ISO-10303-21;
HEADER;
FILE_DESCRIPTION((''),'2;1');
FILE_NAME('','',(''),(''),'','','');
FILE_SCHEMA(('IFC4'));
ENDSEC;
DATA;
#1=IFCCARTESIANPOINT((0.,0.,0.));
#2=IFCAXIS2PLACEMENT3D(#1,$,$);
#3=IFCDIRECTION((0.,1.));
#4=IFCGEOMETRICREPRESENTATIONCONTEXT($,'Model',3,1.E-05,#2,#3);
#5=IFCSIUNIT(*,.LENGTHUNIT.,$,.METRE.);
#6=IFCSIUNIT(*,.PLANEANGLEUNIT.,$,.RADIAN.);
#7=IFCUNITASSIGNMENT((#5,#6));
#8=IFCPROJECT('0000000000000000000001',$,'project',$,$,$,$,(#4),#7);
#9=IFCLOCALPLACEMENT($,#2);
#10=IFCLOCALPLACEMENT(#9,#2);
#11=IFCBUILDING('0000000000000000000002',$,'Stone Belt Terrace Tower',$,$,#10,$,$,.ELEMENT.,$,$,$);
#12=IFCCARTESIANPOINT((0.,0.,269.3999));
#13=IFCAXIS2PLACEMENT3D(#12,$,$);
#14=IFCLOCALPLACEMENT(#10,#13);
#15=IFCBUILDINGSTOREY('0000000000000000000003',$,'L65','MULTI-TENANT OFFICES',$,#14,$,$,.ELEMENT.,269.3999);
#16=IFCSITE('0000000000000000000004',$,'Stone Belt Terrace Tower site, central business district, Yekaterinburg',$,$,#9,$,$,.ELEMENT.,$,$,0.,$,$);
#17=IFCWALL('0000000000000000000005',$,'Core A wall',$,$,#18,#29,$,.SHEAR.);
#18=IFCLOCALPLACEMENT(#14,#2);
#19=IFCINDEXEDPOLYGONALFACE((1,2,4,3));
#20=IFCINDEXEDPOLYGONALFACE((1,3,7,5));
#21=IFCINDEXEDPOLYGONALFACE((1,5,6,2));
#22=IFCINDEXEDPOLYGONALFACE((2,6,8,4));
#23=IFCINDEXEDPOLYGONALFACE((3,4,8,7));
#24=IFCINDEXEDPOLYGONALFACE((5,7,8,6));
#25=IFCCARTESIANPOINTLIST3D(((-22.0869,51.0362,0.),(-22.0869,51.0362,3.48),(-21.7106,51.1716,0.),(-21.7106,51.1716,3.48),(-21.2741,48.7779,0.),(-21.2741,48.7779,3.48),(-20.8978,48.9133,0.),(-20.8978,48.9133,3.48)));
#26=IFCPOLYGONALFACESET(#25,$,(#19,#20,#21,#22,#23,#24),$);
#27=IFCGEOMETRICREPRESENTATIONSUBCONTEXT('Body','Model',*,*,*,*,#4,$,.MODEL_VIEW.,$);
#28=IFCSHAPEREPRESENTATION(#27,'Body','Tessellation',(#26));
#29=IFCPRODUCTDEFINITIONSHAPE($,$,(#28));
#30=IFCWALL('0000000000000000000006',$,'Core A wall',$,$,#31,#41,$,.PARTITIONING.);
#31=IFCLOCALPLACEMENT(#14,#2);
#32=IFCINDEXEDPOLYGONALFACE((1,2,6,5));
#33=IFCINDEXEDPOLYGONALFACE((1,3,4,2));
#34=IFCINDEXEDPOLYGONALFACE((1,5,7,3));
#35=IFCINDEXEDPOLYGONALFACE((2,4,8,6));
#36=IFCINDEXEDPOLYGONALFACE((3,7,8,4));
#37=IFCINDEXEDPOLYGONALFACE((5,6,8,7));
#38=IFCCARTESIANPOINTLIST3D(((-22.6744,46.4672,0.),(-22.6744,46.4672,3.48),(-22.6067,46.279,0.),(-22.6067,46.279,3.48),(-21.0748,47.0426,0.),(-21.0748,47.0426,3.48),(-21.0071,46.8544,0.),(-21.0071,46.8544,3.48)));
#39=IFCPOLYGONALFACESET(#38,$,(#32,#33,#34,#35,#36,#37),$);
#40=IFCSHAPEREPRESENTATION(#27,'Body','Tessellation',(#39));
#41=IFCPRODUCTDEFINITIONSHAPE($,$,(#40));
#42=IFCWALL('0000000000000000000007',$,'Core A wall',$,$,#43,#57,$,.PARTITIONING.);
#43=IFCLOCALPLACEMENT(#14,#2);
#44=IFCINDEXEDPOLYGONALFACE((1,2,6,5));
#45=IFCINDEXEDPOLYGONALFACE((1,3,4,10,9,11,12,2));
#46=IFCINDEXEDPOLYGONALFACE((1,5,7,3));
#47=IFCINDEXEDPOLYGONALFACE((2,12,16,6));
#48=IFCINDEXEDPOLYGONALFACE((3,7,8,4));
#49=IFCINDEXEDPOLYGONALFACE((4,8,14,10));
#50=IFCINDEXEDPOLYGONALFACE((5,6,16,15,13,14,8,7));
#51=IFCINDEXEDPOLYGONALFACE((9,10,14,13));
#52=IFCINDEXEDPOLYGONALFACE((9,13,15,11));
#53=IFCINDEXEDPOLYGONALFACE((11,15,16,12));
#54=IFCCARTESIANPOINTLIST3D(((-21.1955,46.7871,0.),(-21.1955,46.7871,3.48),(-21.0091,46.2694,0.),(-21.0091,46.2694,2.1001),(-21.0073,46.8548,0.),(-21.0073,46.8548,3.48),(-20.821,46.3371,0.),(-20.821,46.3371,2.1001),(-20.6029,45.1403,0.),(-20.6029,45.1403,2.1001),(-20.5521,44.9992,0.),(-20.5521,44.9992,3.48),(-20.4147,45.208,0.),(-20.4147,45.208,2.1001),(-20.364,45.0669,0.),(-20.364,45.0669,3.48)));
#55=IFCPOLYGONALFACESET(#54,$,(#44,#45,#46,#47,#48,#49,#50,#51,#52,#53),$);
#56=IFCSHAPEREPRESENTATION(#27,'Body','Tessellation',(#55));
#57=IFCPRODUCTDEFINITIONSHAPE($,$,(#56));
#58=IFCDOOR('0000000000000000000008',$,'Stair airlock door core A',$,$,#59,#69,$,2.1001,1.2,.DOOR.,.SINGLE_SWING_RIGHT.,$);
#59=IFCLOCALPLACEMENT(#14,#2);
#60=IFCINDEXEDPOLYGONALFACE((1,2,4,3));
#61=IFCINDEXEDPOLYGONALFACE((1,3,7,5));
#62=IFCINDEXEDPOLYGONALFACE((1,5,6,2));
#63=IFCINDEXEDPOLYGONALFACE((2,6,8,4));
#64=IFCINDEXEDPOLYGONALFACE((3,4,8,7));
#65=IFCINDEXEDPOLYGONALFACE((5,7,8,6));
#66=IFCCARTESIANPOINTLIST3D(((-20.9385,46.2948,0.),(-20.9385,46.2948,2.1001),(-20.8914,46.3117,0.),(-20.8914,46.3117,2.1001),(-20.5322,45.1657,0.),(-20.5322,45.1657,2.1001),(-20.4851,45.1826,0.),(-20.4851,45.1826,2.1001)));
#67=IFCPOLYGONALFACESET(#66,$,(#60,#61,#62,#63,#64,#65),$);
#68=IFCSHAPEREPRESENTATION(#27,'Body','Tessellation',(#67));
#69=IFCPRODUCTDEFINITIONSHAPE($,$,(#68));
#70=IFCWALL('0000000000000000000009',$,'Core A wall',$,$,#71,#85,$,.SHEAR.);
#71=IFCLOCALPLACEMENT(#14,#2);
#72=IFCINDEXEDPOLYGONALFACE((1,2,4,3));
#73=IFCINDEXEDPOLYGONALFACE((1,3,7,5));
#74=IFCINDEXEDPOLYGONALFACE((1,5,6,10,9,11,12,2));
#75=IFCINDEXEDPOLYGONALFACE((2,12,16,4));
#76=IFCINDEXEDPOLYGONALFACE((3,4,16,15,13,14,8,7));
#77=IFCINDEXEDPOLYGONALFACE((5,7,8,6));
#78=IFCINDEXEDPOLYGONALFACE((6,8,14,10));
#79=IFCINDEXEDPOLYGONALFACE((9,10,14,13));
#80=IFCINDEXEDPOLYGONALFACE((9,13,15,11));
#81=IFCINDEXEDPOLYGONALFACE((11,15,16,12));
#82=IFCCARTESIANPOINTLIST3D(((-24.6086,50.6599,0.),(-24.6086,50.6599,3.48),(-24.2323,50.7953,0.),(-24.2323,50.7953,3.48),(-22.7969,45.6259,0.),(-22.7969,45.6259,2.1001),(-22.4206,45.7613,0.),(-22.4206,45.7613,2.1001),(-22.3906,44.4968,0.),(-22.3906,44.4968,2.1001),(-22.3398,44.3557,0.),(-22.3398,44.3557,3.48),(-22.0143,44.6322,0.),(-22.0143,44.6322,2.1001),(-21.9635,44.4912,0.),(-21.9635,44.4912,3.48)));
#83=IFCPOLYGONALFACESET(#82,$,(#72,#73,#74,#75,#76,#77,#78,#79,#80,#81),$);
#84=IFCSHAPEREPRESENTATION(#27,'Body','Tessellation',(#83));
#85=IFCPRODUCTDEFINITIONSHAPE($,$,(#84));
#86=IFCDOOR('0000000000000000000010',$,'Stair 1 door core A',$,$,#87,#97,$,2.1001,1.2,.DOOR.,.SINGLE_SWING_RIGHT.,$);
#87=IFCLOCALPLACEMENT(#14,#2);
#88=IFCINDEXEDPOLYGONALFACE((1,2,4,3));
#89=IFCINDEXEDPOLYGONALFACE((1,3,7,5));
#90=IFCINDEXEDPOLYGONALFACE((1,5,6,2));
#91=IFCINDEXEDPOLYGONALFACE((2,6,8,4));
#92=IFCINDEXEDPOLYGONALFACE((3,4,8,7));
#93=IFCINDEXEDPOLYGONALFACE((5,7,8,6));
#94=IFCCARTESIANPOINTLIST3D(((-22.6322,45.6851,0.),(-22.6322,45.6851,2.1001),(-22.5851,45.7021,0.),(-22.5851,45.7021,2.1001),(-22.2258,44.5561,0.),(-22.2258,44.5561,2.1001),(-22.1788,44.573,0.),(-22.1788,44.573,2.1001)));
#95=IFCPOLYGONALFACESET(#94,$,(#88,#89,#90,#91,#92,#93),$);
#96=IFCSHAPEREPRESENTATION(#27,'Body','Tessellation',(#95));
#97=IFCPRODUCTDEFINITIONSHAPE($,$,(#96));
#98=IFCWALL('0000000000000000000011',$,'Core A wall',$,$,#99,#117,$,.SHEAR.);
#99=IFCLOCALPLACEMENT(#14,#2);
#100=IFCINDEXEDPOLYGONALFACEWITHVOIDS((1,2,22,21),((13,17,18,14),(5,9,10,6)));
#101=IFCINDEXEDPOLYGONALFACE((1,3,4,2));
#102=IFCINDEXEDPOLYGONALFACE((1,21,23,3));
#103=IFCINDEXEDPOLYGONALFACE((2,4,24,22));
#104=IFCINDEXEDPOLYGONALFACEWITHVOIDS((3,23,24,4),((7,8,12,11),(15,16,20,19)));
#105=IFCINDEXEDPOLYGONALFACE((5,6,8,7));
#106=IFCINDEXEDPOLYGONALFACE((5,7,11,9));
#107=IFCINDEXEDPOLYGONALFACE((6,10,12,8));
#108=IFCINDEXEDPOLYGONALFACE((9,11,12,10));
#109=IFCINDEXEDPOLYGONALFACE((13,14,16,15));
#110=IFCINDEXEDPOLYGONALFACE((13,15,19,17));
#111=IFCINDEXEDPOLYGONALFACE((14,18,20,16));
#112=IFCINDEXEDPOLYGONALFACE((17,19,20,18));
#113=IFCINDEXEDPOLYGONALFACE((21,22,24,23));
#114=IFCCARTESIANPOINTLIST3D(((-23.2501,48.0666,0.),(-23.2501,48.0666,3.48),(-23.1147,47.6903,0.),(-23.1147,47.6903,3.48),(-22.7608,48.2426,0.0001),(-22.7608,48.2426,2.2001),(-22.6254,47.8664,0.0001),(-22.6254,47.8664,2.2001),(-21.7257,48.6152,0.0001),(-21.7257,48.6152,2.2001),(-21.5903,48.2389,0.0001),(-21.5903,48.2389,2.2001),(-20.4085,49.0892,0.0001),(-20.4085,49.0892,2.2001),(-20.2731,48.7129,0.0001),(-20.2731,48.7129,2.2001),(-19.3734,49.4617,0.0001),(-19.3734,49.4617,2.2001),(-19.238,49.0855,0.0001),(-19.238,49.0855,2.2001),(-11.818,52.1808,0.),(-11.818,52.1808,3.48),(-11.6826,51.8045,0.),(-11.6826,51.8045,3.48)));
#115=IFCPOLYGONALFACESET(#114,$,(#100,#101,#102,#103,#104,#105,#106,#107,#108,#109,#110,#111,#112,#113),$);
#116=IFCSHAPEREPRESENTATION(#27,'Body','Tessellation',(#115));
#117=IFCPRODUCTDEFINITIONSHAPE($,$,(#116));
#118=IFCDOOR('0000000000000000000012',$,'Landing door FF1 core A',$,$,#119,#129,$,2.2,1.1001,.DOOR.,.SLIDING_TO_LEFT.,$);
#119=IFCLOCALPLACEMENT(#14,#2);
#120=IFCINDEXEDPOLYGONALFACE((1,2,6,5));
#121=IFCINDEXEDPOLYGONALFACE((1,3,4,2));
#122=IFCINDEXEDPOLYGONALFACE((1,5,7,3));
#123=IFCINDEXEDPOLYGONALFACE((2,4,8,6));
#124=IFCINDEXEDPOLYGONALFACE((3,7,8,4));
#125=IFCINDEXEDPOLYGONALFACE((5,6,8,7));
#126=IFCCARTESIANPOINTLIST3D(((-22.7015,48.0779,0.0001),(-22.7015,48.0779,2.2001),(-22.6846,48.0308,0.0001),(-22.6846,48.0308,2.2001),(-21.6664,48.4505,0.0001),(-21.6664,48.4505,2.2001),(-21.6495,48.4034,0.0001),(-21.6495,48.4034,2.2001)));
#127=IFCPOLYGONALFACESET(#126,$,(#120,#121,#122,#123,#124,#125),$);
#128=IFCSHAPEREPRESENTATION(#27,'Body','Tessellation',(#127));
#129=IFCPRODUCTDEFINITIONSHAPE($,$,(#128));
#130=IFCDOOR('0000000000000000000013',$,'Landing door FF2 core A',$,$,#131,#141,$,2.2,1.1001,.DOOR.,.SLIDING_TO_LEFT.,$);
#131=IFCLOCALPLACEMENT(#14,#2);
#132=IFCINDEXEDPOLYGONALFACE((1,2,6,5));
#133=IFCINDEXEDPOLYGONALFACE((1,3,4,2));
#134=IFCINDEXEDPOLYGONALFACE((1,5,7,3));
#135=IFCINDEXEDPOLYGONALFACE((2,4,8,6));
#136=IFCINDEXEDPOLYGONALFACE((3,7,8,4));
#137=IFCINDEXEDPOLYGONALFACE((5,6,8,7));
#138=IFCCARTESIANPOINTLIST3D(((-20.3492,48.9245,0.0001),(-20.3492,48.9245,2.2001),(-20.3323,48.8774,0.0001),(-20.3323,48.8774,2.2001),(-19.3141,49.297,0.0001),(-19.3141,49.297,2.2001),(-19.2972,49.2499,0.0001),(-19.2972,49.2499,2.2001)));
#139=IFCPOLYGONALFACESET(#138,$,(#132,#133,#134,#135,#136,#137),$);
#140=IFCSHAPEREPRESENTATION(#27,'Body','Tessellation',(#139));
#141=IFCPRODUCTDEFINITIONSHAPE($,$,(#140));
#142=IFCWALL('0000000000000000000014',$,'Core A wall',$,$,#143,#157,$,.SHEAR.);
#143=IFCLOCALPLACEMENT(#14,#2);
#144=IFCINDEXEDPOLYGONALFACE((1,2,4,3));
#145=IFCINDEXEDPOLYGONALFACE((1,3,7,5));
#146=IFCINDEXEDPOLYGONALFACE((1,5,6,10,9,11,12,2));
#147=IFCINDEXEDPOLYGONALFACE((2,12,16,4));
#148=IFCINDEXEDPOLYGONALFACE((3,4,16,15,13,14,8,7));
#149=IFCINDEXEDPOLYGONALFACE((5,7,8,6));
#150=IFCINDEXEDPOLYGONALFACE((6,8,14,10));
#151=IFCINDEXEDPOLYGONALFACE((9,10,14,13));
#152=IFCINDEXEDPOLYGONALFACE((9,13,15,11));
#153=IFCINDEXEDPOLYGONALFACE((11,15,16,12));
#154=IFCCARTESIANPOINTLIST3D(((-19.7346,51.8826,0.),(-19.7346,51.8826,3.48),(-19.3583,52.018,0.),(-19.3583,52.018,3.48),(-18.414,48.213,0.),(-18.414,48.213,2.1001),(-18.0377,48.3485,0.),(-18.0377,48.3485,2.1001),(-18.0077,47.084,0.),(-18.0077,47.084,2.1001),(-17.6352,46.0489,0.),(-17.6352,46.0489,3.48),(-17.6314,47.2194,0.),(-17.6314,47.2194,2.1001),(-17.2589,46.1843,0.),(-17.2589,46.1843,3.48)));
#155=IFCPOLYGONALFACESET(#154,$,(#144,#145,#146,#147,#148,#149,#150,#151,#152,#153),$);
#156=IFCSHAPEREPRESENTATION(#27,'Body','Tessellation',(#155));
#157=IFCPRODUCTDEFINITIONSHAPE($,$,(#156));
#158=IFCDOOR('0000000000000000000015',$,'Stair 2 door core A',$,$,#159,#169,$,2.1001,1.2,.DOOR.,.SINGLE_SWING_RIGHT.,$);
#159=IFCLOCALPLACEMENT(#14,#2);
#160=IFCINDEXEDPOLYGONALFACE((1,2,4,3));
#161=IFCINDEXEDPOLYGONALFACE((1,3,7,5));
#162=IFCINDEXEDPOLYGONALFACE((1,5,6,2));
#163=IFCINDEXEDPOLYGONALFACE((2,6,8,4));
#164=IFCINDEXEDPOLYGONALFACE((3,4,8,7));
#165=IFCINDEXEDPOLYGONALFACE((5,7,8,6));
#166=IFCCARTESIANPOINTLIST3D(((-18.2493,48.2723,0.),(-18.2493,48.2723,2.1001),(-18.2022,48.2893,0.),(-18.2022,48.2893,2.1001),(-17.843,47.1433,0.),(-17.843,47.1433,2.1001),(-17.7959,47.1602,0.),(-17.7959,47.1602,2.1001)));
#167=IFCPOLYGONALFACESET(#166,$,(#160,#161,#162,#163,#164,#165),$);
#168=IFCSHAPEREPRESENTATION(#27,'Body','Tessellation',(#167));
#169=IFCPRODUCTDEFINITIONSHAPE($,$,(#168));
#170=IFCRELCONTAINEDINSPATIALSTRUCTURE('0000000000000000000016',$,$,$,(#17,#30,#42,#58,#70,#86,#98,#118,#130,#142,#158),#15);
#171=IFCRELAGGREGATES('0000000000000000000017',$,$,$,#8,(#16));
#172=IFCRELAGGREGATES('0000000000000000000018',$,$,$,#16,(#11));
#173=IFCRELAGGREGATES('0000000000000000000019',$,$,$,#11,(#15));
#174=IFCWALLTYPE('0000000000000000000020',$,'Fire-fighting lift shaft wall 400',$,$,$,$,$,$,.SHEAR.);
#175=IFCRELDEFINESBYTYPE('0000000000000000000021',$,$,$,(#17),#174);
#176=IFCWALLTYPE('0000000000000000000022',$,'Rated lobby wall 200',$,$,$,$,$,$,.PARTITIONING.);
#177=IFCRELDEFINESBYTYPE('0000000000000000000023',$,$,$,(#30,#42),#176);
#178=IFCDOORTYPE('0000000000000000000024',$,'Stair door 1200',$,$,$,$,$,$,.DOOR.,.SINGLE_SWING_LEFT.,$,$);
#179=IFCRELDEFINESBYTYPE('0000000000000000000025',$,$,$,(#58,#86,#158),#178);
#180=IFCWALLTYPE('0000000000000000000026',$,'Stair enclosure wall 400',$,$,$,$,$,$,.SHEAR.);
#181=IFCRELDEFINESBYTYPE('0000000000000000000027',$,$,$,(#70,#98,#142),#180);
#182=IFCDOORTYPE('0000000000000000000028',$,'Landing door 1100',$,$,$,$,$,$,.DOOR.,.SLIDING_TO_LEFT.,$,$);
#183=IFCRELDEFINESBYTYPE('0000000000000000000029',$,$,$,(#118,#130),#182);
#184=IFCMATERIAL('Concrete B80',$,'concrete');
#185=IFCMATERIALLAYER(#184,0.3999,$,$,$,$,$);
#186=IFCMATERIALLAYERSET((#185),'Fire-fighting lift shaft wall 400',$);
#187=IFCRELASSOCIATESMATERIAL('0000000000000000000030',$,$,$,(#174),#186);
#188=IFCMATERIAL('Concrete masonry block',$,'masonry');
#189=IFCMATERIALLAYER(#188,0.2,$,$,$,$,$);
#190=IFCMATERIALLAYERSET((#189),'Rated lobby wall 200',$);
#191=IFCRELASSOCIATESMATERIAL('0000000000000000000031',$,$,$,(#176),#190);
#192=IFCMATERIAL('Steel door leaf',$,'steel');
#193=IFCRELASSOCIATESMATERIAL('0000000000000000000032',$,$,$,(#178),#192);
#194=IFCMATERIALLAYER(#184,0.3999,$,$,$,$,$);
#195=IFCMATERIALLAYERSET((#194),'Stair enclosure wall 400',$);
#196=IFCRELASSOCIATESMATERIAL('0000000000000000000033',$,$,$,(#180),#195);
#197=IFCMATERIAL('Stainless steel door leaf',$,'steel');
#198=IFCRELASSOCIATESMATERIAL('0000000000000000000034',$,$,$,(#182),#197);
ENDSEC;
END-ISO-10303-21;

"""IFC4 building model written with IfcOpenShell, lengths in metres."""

from ifc_helpers import new_model, si_unit, direction, frame, frame_2d, origin, place, context, subcontext, project, spatial, rectangle, extrude, material, layer, layer_set, type_object, element, fill, save


model = new_model("IFC4")

# Units and contexts
model_context = context("Model", 3, precision=1e-05, world=origin(), true_north=direction((0.0, 1.0)))
body_context = subcontext(model_context, "Body", "Model", "MODEL_VIEW")
ifc_project = project(units=[si_unit("LENGTHUNIT", "METRE"), si_unit("PLANEANGLEUNIT", "RADIAN")], contexts=[model_context])

# Site, building, storey
site_placement = place(None, origin())
site = spatial("IfcSite", under=ifc_project, at=site_placement, Name="Stone Belt Terrace Tower site, central business district, Yekaterinburg", CompositionType="ELEMENT", RefElevation=0.0)
building_placement = place(site_placement, origin())
building = spatial("IfcBuilding", under=site, at=building_placement, Name="Stone Belt Terrace Tower", CompositionType="ELEMENT")
storey_placement = place(building_placement, frame((0.0, 0.0, 269.3999)))
storey = spatial("IfcBuildingStorey", under=building, at=storey_placement, Name="L65", Description="MULTI-TENANT OFFICES", CompositionType="ELEMENT", Elevation=269.3999)

# Walls
ifc_material_1 = material(Name="Concrete B80", Category="concrete")
ifc_layer_1 = layer(ifc_material_1, 0.3999)
ifc_layer_set_1 = layer_set([ifc_layer_1], Name="Fire-fighting lift shaft wall 400")
wall_type_1 = type_object("IfcWallType", Name="Fire-fighting lift shaft wall 400", PredefinedType="SHEAR", material=ifc_layer_set_1)
wall_1_placement = place(storey_placement, frame((-21.0859, 48.8455, 0.0), z_axis=(0.0, 0.0, 1.0), x_axis=(-0.338629, 0.94092, 0.0)))
element("IfcWall", 1, at=wall_1_placement, inside=storey, type_object=wall_type_1, Name="Core A wall", PredefinedType="SHEAR", context=body_context, shape_type="SweptSolid", body=[
    extrude(rectangle(XDim=2.4001, YDim=0.3999, at=frame_2d((1.2002, 0.0))), origin(), (0.0, 0.0, 1.0), 3.48),
])
ifc_material_2 = material(Name="Concrete masonry block", Category="masonry")
ifc_layer_2 = layer(ifc_material_2, 0.2)
ifc_layer_set_2 = layer_set([ifc_layer_2], Name="Rated lobby wall 200")
wall_type_2 = type_object("IfcWallType", Name="Rated lobby wall 200", PredefinedType="PARTITIONING", material=ifc_layer_set_2)
wall_2_placement = place(storey_placement, frame((-22.6406, 46.373, 0.0), z_axis=(0.0, 0.0, 1.0), x_axis=(0.940966, 0.338501, 0.0)))
element("IfcWall", 2, at=wall_2_placement, inside=storey, type_object=wall_type_2, Name="Core A wall", PredefinedType="PARTITIONING", context=body_context, shape_type="SweptSolid", body=[
    extrude(rectangle(XDim=1.7, YDim=0.2, at=frame_2d((0.8501, 0.0))), origin(), (0.0, 0.0, 1.0), 3.48),
])

# Walls, openings, doors
wall_3_placement = place(storey_placement, frame((-20.458, 45.033, 0.0), z_axis=(0.0, 0.0, 1.0), x_axis=(-0.338574, 0.94094, 0.0)))
wall_3 = element("IfcWall", 3, at=wall_3_placement, inside=storey, type_object=wall_type_2, Name="Core A wall", PredefinedType="PARTITIONING", context=body_context, shape_type="SweptSolid", body=[
    extrude(rectangle(XDim=1.9001, YDim=0.2, at=frame_2d((0.9502, 0.0))), origin(), (0.0, 0.0, 1.0), 3.48),
])
opening_1_placement = place(wall_3_placement, frame((0.1499, 0.0, 0.0)))
opening_1 = element("IfcOpeningElement", 4, at=opening_1_placement, cuts=wall_3, PredefinedType="OPENING", context=body_context, shape_type="SweptSolid", body=[
    extrude(rectangle(XDim=1.2, YDim=2.1001, at=frame_2d((0.6001, 1.05))), frame((0.0, 0.1099, 0.0), z_axis=(0.0, -1.0, 0.0), x_axis=(1.0, 0.0, 0.0)), (0.0, 0.0, 1.0), 0.22),
])
ifc_material_3 = material(Name="Steel door leaf", Category="steel")
door_type_1 = type_object("IfcDoorType", Name="Stair door 1200", OperationType="SINGLE_SWING_LEFT", PredefinedType="DOOR", material=ifc_material_3)
door_1_placement = place(opening_1_placement, origin())
door_1 = element("IfcDoor", 5, at=door_1_placement, inside=storey, type_object=door_type_1, Name="Stair airlock door core A", OperationType="SINGLE_SWING_RIGHT", OverallHeight=2.1001, OverallWidth=1.2, PredefinedType="DOOR", context=body_context, shape_type="SweptSolid", body=[
    extrude(rectangle(XDim=1.2, YDim=2.1001, at=frame_2d((0.6001, 1.05))), frame((0.0, 0.0249, 0.0), z_axis=(0.0, -1.0, 0.0), x_axis=(1.0, 0.0, 0.0)), (0.0, 0.0, 1.0), 0.05),
])
fill(opening_1, door_1)
ifc_layer_3 = layer(ifc_material_1, 0.3999)
ifc_layer_set_3 = layer_set([ifc_layer_3], Name="Stair enclosure wall 400")
wall_type_3 = type_object("IfcWallType", Name="Stair enclosure wall 400", PredefinedType="SHEAR", material=ifc_layer_set_3)
wall_4_placement = place(storey_placement, frame((-22.1516, 44.4233, 0.0), z_axis=(0.0, 0.0, 1.0), x_axis=(-0.338625, 0.940921, 0.0)))
wall_4 = element("IfcWall", 6, at=wall_4_placement, inside=storey, type_object=wall_type_3, Name="Core A wall", PredefinedType="SHEAR", context=body_context, shape_type="SweptSolid", body=[
    extrude(rectangle(XDim=6.7, YDim=0.3999, at=frame_2d((3.3501, 0.0))), origin(), (0.0, 0.0, 1.0), 3.48),
])
opening_2_placement = place(wall_4_placement, frame((0.1499, 0.0, 0.0)))
opening_2 = element("IfcOpeningElement", 7, at=opening_2_placement, cuts=wall_4, PredefinedType="OPENING", context=body_context, shape_type="SweptSolid", body=[
    extrude(rectangle(XDim=1.2, YDim=2.1001, at=frame_2d((0.6001, 1.05))), frame((0.0, 0.21, 0.0), z_axis=(0.0, -1.0, 0.0), x_axis=(1.0, 0.0, 0.0)), (0.0, 0.0, 1.0), 0.4199),
])
door_2_placement = place(opening_2_placement, origin())
door_2 = element("IfcDoor", 8, at=door_2_placement, inside=storey, type_object=door_type_1, Name="Stair 1 door core A", OperationType="SINGLE_SWING_RIGHT", OverallHeight=2.1001, OverallWidth=1.2, PredefinedType="DOOR", context=body_context, shape_type="SweptSolid", body=[
    extrude(rectangle(XDim=1.2, YDim=2.1001, at=frame_2d((0.6001, 1.05))), frame((0.0, 0.0249, 0.0), z_axis=(0.0, -1.0, 0.0), x_axis=(1.0, 0.0, 0.0)), (0.0, 0.0, 1.0), 0.05),
])
fill(opening_2, door_2)

# Wall, openings, doors
wall_5_placement = place(storey_placement, frame((-23.1824, 47.8784, 0.0), z_axis=(0.0, 0.0, 1.0), x_axis=(0.940922, 0.338624, 0.0)))
wall_5 = element("IfcWall", 9, at=wall_5_placement, inside=storey, type_object=wall_type_3, Name="Core A wall", PredefinedType="SHEAR", context=body_context, shape_type="SweptSolid", body=[
    extrude(rectangle(XDim=12.1499, YDim=0.3999, at=frame_2d((6.075, 0.0))), origin(), (0.0, 0.0, 1.0), 3.48),
])
opening_3_placement = place(wall_5_placement, frame((0.52, 0.0, 0.0)))
opening_3 = element("IfcOpeningElement", 10, at=opening_3_placement, cuts=wall_5, PredefinedType="OPENING", context=body_context, shape_type="SweptSolid", body=[
    extrude(rectangle(XDim=1.1001, YDim=2.2, at=frame_2d((0.55, 1.1001))), frame((0.0, 0.21, 0.0), z_axis=(0.0, -1.0, 0.0), x_axis=(1.0, 0.0, 0.0)), (0.0, 0.0, 1.0), 0.4199),
])
opening_4_placement = place(wall_5_placement, frame((3.02, 0.0, 0.0)))
opening_4 = element("IfcOpeningElement", 11, at=opening_4_placement, cuts=wall_5, PredefinedType="OPENING", context=body_context, shape_type="SweptSolid", body=[
    extrude(rectangle(XDim=1.1001, YDim=2.2, at=frame_2d((0.55, 1.1001))), frame((0.0, 0.21, 0.0), z_axis=(0.0, -1.0, 0.0), x_axis=(1.0, 0.0, 0.0)), (0.0, 0.0, 1.0), 0.4199),
])
ifc_material_4 = material(Name="Stainless steel door leaf", Category="steel")
door_type_2 = type_object("IfcDoorType", Name="Landing door 1100", OperationType="SLIDING_TO_LEFT", PredefinedType="DOOR", material=ifc_material_4)
door_3_placement = place(opening_3_placement, origin())
door_3 = element("IfcDoor", 12, at=door_3_placement, inside=storey, type_object=door_type_2, Name="Landing door FF1 core A", OperationType="SLIDING_TO_LEFT", OverallHeight=2.2, OverallWidth=1.1001, PredefinedType="DOOR", context=body_context, shape_type="SweptSolid", body=[
    extrude(rectangle(XDim=1.1001, YDim=2.2, at=frame_2d((0.55, 1.1001))), frame((0.0, 0.0249, 0.0), z_axis=(0.0, -1.0, 0.0), x_axis=(1.0, 0.0, 0.0)), (0.0, 0.0, 1.0), 0.05),
])
fill(opening_3, door_3)
door_4_placement = place(opening_4_placement, origin())
door_4 = element("IfcDoor", 13, at=door_4_placement, inside=storey, type_object=door_type_2, Name="Landing door FF2 core A", OperationType="SLIDING_TO_LEFT", OverallHeight=2.2, OverallWidth=1.1001, PredefinedType="DOOR", context=body_context, shape_type="SweptSolid", body=[
    extrude(rectangle(XDim=1.1001, YDim=2.2, at=frame_2d((0.55, 1.1001))), frame((0.0, 0.0249, 0.0), z_axis=(0.0, -1.0, 0.0), x_axis=(1.0, 0.0, 0.0)), (0.0, 0.0, 1.0), 0.05),
])
fill(opening_4, door_4)

# Wall, opening, door
wall_6_placement = place(storey_placement, frame((-17.447, 46.1165, 0.0), z_axis=(0.0, 0.0, 1.0), x_axis=(-0.338608, 0.940928, 0.0)))
wall_6 = element("IfcWall", 14, at=wall_6_placement, inside=storey, type_object=wall_type_3, Name="Core A wall", PredefinedType="SHEAR", context=body_context, shape_type="SweptSolid", body=[
    extrude(rectangle(XDim=6.2, YDim=0.3999, at=frame_2d((3.1001, 0.0))), origin(), (0.0, 0.0, 1.0), 3.48),
])
opening_5_placement = place(wall_6_placement, frame((1.1001, 0.0, 0.0)))
opening_5 = element("IfcOpeningElement", 15, at=opening_5_placement, cuts=wall_6, PredefinedType="OPENING", context=body_context, shape_type="SweptSolid", body=[
    extrude(rectangle(XDim=1.2, YDim=2.1001, at=frame_2d((0.6001, 1.05))), frame((0.0, 0.21, 0.0), z_axis=(0.0, -1.0, 0.0), x_axis=(1.0, 0.0, 0.0)), (0.0, 0.0, 1.0), 0.4199),
])
door_5_placement = place(opening_5_placement, origin())
door_5 = element("IfcDoor", 16, at=door_5_placement, inside=storey, type_object=door_type_1, Name="Stair 2 door core A", OperationType="SINGLE_SWING_RIGHT", OverallHeight=2.1001, OverallWidth=1.2, PredefinedType="DOOR", context=body_context, shape_type="SweptSolid", body=[
    extrude(rectangle(XDim=1.2, YDim=2.1001, at=frame_2d((0.6001, 1.05))), frame((0.0, 0.0249, 0.0), z_axis=(0.0, -1.0, 0.0), x_axis=(1.0, 0.0, 0.0)), (0.0, 0.0, 1.0), 0.05),
])
fill(opening_5, door_5)

save(model, "model.ifc")
